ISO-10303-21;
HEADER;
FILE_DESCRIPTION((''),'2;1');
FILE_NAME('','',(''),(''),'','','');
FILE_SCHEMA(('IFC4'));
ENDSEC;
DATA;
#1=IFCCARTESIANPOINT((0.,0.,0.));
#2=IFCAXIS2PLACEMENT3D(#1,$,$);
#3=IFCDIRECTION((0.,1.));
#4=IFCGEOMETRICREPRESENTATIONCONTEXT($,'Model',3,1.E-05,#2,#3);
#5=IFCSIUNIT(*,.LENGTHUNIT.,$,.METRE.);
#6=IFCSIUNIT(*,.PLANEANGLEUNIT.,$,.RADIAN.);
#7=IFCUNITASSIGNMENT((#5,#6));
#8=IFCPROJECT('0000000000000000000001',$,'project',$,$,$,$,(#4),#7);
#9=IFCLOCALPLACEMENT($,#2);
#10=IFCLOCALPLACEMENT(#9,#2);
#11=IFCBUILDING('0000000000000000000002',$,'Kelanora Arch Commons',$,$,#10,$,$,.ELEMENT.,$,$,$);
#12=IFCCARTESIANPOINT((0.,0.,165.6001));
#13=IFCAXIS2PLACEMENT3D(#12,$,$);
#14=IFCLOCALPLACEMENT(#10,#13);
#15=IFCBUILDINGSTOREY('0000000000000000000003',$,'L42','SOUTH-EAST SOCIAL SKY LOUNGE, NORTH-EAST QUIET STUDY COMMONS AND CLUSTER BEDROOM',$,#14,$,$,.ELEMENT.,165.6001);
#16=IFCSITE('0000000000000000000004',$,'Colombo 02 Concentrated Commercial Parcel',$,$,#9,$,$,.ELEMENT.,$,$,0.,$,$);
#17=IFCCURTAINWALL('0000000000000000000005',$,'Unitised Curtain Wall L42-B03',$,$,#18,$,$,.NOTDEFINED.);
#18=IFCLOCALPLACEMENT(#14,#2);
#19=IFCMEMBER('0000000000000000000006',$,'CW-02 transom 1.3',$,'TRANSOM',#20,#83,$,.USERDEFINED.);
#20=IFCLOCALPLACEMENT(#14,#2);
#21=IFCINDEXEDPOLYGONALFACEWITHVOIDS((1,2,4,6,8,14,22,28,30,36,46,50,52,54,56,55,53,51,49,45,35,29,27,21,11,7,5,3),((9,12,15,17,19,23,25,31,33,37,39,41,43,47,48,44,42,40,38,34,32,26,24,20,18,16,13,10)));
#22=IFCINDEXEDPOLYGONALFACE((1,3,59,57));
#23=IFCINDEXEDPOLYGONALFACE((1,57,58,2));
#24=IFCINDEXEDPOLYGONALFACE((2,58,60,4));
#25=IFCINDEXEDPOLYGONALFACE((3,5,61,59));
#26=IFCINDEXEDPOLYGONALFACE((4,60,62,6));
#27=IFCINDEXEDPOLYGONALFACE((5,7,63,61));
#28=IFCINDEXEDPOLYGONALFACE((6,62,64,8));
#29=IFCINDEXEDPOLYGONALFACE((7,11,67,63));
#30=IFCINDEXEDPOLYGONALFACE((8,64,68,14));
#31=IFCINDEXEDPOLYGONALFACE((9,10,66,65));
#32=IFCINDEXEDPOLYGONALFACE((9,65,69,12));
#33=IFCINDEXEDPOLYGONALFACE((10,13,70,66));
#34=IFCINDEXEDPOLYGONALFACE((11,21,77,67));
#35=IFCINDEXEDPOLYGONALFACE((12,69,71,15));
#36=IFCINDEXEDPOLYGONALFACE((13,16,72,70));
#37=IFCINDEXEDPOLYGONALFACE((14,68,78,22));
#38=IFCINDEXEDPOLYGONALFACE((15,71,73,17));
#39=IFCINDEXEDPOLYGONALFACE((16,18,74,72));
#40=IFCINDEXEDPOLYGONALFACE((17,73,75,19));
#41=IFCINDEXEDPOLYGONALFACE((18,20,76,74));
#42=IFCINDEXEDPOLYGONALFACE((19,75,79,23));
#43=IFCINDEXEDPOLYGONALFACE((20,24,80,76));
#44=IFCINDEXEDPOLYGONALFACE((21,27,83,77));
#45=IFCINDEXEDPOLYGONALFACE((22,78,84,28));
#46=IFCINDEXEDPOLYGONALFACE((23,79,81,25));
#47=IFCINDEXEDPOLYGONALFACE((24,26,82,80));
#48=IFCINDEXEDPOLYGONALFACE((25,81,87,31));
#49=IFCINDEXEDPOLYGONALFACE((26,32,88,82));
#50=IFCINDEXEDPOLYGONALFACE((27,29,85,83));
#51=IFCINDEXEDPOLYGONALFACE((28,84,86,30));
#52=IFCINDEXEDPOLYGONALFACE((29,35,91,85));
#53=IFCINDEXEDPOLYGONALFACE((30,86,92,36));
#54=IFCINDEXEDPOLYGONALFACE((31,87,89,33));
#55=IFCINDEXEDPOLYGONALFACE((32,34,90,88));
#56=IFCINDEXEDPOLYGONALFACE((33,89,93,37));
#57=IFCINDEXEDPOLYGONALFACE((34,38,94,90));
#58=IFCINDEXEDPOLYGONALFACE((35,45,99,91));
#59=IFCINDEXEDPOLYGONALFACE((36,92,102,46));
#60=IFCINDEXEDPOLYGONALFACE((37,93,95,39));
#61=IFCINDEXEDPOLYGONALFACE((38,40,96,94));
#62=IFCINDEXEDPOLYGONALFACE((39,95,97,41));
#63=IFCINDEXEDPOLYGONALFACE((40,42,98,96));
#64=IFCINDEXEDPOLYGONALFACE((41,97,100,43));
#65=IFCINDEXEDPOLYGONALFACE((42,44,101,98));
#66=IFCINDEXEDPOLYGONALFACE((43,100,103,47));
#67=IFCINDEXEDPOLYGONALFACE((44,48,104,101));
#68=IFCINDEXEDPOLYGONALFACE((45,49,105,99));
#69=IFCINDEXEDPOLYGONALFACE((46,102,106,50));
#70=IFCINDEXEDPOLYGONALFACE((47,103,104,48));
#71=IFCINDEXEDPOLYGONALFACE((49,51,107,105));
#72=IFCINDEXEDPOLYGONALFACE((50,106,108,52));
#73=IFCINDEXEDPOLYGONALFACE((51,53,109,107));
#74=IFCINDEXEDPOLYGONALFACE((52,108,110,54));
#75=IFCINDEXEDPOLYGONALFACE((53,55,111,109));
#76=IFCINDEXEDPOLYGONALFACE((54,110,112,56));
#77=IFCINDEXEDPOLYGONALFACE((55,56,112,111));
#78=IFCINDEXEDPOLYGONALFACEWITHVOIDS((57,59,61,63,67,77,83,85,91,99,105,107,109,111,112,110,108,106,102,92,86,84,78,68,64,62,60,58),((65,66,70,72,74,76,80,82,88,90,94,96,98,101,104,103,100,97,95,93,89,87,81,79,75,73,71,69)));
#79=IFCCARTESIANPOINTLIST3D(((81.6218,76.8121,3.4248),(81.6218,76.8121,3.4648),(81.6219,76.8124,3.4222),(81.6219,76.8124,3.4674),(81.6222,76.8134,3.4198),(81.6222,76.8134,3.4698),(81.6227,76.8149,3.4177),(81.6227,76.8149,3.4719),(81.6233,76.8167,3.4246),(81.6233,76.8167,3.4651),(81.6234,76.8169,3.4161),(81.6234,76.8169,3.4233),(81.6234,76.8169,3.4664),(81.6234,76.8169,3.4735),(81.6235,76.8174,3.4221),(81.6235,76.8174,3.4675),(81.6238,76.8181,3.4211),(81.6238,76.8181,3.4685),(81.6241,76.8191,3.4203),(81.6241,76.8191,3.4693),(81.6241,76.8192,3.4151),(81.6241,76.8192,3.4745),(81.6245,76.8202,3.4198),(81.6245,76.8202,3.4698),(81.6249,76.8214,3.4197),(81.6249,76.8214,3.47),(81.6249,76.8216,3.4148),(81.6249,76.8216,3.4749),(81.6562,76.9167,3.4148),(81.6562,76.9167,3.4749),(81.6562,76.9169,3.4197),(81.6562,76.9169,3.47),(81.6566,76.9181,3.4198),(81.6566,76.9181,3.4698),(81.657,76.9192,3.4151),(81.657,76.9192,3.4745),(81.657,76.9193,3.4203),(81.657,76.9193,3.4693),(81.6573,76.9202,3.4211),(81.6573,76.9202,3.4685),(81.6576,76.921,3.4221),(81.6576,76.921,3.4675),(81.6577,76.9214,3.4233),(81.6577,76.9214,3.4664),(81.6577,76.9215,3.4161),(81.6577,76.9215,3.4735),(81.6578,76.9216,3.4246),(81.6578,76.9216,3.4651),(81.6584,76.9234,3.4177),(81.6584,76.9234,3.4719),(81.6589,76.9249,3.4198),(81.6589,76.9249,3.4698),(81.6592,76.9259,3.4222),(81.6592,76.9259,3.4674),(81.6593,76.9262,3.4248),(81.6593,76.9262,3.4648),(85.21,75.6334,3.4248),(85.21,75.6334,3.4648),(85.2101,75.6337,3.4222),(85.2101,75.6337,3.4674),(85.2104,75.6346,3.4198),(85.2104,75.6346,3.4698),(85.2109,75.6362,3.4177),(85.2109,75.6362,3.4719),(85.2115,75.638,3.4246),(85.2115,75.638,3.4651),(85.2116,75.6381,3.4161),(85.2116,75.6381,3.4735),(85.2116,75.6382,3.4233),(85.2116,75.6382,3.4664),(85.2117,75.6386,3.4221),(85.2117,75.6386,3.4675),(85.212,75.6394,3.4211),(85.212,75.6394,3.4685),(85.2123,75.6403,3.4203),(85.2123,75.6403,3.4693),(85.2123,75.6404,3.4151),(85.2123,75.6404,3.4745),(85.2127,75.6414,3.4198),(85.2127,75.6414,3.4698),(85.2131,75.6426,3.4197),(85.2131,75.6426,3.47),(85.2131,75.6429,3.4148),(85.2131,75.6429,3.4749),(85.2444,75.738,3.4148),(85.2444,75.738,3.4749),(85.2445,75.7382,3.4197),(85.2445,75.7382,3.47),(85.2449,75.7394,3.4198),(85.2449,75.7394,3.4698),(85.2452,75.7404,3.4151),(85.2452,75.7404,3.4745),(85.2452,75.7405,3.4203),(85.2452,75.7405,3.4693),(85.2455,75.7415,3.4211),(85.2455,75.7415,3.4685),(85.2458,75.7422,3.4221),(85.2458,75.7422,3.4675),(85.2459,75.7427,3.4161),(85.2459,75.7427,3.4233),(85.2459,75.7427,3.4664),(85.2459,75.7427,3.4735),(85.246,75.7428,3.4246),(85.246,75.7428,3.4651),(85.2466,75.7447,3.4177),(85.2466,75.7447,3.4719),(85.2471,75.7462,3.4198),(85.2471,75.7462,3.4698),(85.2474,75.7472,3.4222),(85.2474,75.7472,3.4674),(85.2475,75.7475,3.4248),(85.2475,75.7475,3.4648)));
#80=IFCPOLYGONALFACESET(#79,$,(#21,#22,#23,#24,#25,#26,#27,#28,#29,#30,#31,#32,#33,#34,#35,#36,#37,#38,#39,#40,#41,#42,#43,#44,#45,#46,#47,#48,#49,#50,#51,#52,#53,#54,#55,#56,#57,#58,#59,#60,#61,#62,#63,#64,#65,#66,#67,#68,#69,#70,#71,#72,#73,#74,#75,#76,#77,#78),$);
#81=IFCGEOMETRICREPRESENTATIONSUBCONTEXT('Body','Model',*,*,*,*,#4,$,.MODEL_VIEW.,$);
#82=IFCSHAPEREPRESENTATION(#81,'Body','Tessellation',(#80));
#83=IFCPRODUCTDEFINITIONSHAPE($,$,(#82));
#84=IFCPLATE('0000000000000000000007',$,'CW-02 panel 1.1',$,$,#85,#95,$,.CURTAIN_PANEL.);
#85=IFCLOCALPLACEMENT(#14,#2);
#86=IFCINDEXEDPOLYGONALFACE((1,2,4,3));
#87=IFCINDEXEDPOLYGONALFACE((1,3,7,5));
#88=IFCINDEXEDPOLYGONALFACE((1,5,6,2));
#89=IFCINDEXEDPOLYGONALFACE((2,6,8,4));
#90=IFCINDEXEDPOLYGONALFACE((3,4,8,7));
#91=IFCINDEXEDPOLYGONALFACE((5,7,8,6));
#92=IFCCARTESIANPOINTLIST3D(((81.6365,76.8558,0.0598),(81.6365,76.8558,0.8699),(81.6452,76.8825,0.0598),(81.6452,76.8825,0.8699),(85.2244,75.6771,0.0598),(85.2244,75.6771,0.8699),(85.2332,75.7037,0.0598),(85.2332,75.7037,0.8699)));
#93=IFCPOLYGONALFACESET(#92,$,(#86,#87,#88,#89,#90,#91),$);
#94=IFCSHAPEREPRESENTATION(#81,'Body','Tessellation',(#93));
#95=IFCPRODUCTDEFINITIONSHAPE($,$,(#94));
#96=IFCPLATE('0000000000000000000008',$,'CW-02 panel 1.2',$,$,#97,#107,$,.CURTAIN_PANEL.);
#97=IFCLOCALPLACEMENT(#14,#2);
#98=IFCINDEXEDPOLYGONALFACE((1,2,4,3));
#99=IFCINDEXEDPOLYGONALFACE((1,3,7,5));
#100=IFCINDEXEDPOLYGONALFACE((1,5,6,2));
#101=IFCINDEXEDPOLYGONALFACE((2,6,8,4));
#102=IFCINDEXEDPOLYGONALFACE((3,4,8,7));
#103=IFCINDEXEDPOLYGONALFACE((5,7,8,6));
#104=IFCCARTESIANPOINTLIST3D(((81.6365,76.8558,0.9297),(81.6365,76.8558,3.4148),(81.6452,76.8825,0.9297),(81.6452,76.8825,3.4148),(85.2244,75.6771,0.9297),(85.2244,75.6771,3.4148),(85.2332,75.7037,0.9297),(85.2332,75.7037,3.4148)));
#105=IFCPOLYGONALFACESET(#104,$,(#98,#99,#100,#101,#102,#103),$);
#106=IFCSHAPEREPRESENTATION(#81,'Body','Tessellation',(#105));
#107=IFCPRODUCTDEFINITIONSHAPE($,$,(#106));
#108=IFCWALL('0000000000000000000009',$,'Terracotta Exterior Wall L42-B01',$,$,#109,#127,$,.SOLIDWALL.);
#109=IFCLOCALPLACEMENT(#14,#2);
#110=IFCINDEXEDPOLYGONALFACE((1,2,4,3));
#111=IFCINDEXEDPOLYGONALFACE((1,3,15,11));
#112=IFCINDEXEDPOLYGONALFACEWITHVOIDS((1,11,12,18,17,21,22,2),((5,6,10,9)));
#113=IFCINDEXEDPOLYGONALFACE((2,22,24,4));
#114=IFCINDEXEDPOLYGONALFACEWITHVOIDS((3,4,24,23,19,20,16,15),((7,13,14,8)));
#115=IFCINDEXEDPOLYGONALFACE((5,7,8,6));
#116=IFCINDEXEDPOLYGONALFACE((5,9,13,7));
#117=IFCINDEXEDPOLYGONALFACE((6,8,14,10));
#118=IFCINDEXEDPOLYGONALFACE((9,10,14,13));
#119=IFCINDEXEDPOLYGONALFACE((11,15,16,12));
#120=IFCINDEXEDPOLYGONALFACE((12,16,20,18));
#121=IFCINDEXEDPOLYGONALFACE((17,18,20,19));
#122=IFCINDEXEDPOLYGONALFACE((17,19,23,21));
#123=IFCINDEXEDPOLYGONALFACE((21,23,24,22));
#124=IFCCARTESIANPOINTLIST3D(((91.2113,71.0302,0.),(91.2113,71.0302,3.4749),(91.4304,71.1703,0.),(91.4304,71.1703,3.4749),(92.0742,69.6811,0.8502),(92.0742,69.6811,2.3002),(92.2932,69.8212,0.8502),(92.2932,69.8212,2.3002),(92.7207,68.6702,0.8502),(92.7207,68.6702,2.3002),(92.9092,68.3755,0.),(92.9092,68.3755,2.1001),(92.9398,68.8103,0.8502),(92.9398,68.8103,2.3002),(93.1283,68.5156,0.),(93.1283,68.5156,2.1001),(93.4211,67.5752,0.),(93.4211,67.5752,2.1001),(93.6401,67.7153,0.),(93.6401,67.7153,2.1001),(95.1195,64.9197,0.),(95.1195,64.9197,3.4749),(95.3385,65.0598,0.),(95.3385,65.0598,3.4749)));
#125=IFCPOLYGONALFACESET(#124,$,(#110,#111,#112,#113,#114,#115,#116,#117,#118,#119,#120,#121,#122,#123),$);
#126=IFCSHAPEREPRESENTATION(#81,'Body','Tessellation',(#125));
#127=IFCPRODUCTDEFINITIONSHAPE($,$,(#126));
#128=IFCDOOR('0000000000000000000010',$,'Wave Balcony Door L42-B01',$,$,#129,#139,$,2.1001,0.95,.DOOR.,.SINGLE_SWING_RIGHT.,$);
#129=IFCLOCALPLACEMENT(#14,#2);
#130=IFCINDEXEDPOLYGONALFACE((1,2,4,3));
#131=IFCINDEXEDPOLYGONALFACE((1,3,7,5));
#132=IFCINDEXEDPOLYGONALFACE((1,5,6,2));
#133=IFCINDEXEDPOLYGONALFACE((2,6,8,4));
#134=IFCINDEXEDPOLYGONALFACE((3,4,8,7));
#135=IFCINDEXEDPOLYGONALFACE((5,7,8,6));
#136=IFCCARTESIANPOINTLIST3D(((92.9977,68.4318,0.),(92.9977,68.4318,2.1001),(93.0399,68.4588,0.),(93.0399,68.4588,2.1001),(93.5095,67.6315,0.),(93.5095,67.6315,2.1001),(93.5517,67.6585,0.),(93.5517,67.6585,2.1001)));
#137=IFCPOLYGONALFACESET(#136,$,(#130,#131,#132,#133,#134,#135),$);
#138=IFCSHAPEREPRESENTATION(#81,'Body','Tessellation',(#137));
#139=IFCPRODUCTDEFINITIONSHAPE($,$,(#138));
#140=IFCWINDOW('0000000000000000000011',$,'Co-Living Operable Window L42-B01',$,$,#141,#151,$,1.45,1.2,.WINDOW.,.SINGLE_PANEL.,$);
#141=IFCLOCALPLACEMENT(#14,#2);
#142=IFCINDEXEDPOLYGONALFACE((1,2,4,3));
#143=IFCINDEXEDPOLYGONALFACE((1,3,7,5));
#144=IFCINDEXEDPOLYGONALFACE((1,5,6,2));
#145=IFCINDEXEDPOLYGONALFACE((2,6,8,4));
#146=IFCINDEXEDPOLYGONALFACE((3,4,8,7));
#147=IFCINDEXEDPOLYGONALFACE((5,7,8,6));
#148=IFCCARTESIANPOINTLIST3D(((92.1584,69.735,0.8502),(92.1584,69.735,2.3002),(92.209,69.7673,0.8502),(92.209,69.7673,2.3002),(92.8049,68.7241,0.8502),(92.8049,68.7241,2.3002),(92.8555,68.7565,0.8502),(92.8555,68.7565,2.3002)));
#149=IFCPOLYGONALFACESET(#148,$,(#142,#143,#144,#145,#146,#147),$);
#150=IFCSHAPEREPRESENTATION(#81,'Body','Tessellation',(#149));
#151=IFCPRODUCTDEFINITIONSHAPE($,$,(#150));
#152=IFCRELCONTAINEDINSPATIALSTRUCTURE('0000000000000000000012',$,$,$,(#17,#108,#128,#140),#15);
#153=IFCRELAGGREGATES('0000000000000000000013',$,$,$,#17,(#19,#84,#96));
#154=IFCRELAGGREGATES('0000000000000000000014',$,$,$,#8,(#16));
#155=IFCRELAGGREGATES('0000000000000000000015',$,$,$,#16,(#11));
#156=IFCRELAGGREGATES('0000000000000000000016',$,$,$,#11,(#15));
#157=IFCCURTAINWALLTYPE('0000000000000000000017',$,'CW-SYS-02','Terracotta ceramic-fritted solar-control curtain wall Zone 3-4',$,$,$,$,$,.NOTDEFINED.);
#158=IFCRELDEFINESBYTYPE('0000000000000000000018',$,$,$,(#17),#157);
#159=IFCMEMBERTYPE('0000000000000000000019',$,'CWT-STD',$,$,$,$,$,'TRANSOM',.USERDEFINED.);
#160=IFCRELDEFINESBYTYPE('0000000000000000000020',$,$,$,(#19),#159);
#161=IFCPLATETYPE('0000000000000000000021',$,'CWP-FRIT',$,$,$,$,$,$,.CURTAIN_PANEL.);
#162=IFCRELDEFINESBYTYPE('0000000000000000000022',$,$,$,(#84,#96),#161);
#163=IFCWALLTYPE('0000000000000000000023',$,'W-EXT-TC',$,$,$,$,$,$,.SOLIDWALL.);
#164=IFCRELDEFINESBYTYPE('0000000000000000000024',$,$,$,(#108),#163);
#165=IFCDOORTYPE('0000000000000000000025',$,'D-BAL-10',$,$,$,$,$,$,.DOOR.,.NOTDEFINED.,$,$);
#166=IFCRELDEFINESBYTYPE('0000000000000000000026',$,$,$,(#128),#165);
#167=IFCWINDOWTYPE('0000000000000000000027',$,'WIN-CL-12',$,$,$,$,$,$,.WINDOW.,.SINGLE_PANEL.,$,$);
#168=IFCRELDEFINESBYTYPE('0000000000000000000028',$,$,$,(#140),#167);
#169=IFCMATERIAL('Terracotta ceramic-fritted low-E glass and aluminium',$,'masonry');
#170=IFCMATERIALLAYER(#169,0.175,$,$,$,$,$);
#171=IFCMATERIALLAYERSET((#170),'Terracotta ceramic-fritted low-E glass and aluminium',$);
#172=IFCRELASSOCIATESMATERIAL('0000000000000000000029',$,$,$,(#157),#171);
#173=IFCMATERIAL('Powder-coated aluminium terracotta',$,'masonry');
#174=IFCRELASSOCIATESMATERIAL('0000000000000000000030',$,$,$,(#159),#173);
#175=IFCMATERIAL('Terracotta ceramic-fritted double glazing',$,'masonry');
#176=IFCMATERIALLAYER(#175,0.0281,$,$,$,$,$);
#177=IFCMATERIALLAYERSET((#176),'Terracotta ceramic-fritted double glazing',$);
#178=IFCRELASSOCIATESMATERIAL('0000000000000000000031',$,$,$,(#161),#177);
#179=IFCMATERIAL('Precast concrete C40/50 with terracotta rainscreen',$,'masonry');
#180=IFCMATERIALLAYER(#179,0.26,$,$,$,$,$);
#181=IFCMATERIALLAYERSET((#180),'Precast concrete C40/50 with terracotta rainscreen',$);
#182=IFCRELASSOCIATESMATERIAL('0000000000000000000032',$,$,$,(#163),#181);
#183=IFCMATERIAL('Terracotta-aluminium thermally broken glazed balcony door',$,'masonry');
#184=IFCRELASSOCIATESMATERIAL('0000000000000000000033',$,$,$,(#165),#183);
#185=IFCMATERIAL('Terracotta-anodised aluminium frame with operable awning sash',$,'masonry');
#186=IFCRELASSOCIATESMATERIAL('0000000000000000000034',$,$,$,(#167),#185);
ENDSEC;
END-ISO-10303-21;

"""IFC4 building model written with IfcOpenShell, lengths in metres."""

from ifc_helpers import new_model, si_unit, direction, frame, frame_2d, origin, origin_2d, place, context, subcontext, project, spatial, rectangle, hollow_rectangle, extrude, source, transform, mapped, material, layer, layer_set, material_profile, profile_set, type_object, element, fill, aggregate, save


model = new_model("IFC4")

# Units and contexts
model_context = context("Model", 3, precision=1e-05, world=origin(), true_north=direction((0.0, 1.0)))
body_context = subcontext(model_context, "Body", "Model", "MODEL_VIEW")
ifc_project = project(units=[si_unit("LENGTHUNIT", "METRE"), si_unit("PLANEANGLEUNIT", "RADIAN")], contexts=[model_context])

# Site, building, storey
site_placement = place(None, origin())
site = spatial("IfcSite", under=ifc_project, at=site_placement, Name="Colombo 02 Concentrated Commercial Parcel", CompositionType="ELEMENT", RefElevation=0.0)
building_placement = place(site_placement, origin())
building = spatial("IfcBuilding", under=site, at=building_placement, Name="Kelanora Arch Commons", CompositionType="ELEMENT")
storey_placement = place(building_placement, frame((0.0, 0.0, 165.6001)))
storey = spatial("IfcBuildingStorey", under=building, at=storey_placement, Name="L42", Description="SOUTH-EAST SOCIAL SKY LOUNGE, NORTH-EAST QUIET STUDY COMMONS AND CLUSTER BEDROOM", CompositionType="ELEMENT", Elevation=165.6001)

# Shared definitions
ifc_material_1 = material(Name="Terracotta ceramic-fritted low-E glass and aluminium", Category="masonry")
ifc_layer_1 = layer(ifc_material_1, 0.175)
ifc_layer_set_1 = layer_set([ifc_layer_1], Name="Terracotta ceramic-fritted low-E glass and aluminium")
curtain_wall_type = type_object("IfcCurtainWallType", Name="CW-SYS-02", Description="Terracotta ceramic-fritted solar-control curtain wall Zone 3-4", PredefinedType="NOTDEFINED", material=ifc_layer_set_1)
ifc_material_2 = material(Name="Powder-coated aluminium terracotta", Category="masonry")

# Curtain wall, member, plates
curtain_wall_1_placement = place(storey_placement, origin())
curtain_wall_1 = element("IfcCurtainWall", 1, at=curtain_wall_1_placement, inside=storey, type_object=curtain_wall_type, Name="Unitised Curtain Wall L42-B03", PredefinedType="NOTDEFINED")
ifc_material_profile_1 = material_profile(ifc_material_2, hollow_rectangle(XDim=0.1201, YDim=0.0601, WallThickness=0.0049, InnerFilletRadius=0.0049, OuterFilletRadius=0.01, at=origin_2d()), Name="CWT120x60")
ifc_profile_set_1 = profile_set([ifc_material_profile_1], Name="Powder-coated aluminium terracotta")
member_type_1 = type_object("IfcMemberType", Name="CWT-STD", ElementType="TRANSOM", PredefinedType="USERDEFINED", material=ifc_profile_set_1)
member_1_placement = place(storey_placement, frame((85.2288, 75.6904, 3.4448), z_axis=(-0.950051, 0.312094, 0.0), x_axis=(-0.312094, -0.950051, 0.0)))
member_1 = element("IfcMember", 2, at=member_1_placement, type_object=member_type_1, Name="CW-02 transom 1.3", ObjectType="TRANSOM", PredefinedType="USERDEFINED", context=body_context, shape_type="SweptSolid", body=[
    extrude(hollow_rectangle(XDim=0.1201, YDim=0.0601, WallThickness=0.0049, InnerFilletRadius=0.0049, OuterFilletRadius=0.01, at=origin_2d()), origin(), (0.0, 0.0, 1.0), 3.7769),
])
ifc_material_3 = material(Name="Terracotta ceramic-fritted double glazing", Category="masonry")
ifc_layer_2 = layer(ifc_material_3, 0.0281)
ifc_layer_set_2 = layer_set([ifc_layer_2], Name="Terracotta ceramic-fritted double glazing")
plate_type = type_object("IfcPlateType", Name="CWP-FRIT", PredefinedType="CURTAIN_PANEL", material=ifc_layer_set_2)
shared_shape_1 = source(origin(), body_context, "Body", "SweptSolid", [
    extrude(rectangle(XDim=3.7766, YDim=0.0281, at=origin_2d()), origin(), (0.0, 0.0, 1.0), 0.8101),
])
plate_1_placement = place(storey_placement, frame((83.4348, 76.2798, 0.0598), z_axis=(0.0, 0.0, 1.0), x_axis=(-0.95004, 0.312128, 0.0)))
plate_1 = element("IfcPlate", 3, at=plate_1_placement, type_object=plate_type, Name="CW-02 panel 1.1", PredefinedType="CURTAIN_PANEL", context=body_context, shape_type="MappedRepresentation", body=[
    mapped(shared_shape_1, transform((0.0, 0.0, 0.0), scale=1.0)),
])
shared_shape_2 = source(origin(), body_context, "Body", "SweptSolid", [
    extrude(rectangle(XDim=3.7766, YDim=0.0281, at=origin_2d()), origin(), (0.0, 0.0, 1.0), 2.4851),
])
plate_2_placement = place(storey_placement, frame((83.4348, 76.2798, 0.9297), z_axis=(0.0, 0.0, 1.0), x_axis=(-0.95004, 0.312128, 0.0)))
plate_2 = element("IfcPlate", 4, at=plate_2_placement, type_object=plate_type, Name="CW-02 panel 1.2", PredefinedType="CURTAIN_PANEL", context=body_context, shape_type="MappedRepresentation", body=[
    mapped(shared_shape_2, transform((0.0, 0.0, 0.0), scale=1.0)),
])
aggregate(curtain_wall_1, [member_1, plate_1, plate_2])

# Wall, openings, door, window
ifc_material_4 = material(Name="Precast concrete C40/50 with terracotta rainscreen", Category="masonry")
ifc_layer_3 = layer(ifc_material_4, 0.26)
ifc_layer_set_3 = layer_set([ifc_layer_3], Name="Precast concrete C40/50 with terracotta rainscreen")
wall_type_1 = type_object("IfcWallType", Name="W-EXT-TC", PredefinedType="SOLIDWALL", material=ifc_layer_set_3)
wall_1_placement = place(storey_placement, frame((95.229, 64.9897, 0.0), z_axis=(0.0, 0.0, 1.0), x_axis=(-0.538802, 0.842433, 0.0)))
wall_1 = element("IfcWall", 5, at=wall_1_placement, inside=storey, type_object=wall_type_1, Name="Terracotta Exterior Wall L42-B01", PredefinedType="SOLIDWALL", context=body_context, shape_type="SweptSolid", body=[
    extrude(rectangle(XDim=7.2534, YDim=0.26, at=frame_2d((3.6267, 0.0))), origin(), (0.0, 0.0, 1.0), 3.4749),
])
opening_1_placement = place(wall_1_placement, frame((3.1521, 0.0, 0.0)))
opening_1 = element("IfcOpeningElement", 6, at=opening_1_placement, cuts=wall_1, PredefinedType="OPENING", context=body_context, shape_type="SweptSolid", body=[
    extrude(rectangle(XDim=0.95, YDim=2.1001, at=frame_2d((0.4751, 1.05))), frame((0.0, 0.1401, 0.0), z_axis=(0.0, -1.0, 0.0), x_axis=(1.0, 0.0, 0.0)), (0.0, 0.0, 1.0), 0.28),
])
opening_2_placement = place(wall_1_placement, frame((4.4519, 0.0, 0.8501)))
opening_2 = element("IfcOpeningElement", 7, at=opening_2_placement, cuts=wall_1, PredefinedType="OPENING", context=body_context, shape_type="SweptSolid", body=[
    extrude(rectangle(XDim=1.2, YDim=1.45, at=frame_2d((0.6001, 0.7251))), frame((0.0, 0.1401, 0.0), z_axis=(0.0, -1.0, 0.0), x_axis=(1.0, 0.0, 0.0)), (0.0, 0.0, 1.0), 0.28),
])
ifc_material_5 = material(Name="Terracotta-aluminium thermally broken glazed balcony door", Category="masonry")
door_type = type_object("IfcDoorType", Name="D-BAL-10", OperationType="NOTDEFINED", PredefinedType="DOOR", material=ifc_material_5)
door_1_placement = place(opening_1_placement, frame((0.95, 0.0, 0.0), z_axis=(0.0, 0.0, 1.0), x_axis=(-1.0, 0.0, 0.0)))
door_1 = element("IfcDoor", 8, at=door_1_placement, inside=storey, type_object=door_type, Name="Wave Balcony Door L42-B01", OperationType="SINGLE_SWING_RIGHT", OverallHeight=2.1001, OverallWidth=0.95, PredefinedType="DOOR", context=body_context, shape_type="SweptSolid", body=[
    extrude(rectangle(XDim=0.95, YDim=2.1001, at=frame_2d((0.4751, 1.05))), frame((0.0, 0.0249, 0.0), z_axis=(0.0, -1.0, 0.0), x_axis=(1.0, 0.0, 0.0)), (0.0, 0.0, 1.0), 0.05),
])
fill(opening_1, door_1)
ifc_material_6 = material(Name="Terracotta-anodised aluminium frame with operable awning sash", Category="masonry")
window_type = type_object("IfcWindowType", Name="WIN-CL-12", PartitioningType="SINGLE_PANEL", PredefinedType="WINDOW", material=ifc_material_6)
window_1_placement = place(opening_2_placement, origin())
window_1 = element("IfcWindow", 9, at=window_1_placement, inside=storey, type_object=window_type, Name="Co-Living Operable Window L42-B01", OverallHeight=1.45, OverallWidth=1.2, PartitioningType="SINGLE_PANEL", PredefinedType="WINDOW", context=body_context, shape_type="SweptSolid", body=[
    extrude(rectangle(XDim=1.2, YDim=1.45, at=frame_2d((0.6001, 0.7251))), frame((0.0, 0.03, 0.0), z_axis=(0.0, -1.0, 0.0), x_axis=(1.0, 0.0, 0.0)), (0.0, 0.0, 1.0), 0.0601),
])
fill(opening_2, window_1)

save(model, "model.ifc")
